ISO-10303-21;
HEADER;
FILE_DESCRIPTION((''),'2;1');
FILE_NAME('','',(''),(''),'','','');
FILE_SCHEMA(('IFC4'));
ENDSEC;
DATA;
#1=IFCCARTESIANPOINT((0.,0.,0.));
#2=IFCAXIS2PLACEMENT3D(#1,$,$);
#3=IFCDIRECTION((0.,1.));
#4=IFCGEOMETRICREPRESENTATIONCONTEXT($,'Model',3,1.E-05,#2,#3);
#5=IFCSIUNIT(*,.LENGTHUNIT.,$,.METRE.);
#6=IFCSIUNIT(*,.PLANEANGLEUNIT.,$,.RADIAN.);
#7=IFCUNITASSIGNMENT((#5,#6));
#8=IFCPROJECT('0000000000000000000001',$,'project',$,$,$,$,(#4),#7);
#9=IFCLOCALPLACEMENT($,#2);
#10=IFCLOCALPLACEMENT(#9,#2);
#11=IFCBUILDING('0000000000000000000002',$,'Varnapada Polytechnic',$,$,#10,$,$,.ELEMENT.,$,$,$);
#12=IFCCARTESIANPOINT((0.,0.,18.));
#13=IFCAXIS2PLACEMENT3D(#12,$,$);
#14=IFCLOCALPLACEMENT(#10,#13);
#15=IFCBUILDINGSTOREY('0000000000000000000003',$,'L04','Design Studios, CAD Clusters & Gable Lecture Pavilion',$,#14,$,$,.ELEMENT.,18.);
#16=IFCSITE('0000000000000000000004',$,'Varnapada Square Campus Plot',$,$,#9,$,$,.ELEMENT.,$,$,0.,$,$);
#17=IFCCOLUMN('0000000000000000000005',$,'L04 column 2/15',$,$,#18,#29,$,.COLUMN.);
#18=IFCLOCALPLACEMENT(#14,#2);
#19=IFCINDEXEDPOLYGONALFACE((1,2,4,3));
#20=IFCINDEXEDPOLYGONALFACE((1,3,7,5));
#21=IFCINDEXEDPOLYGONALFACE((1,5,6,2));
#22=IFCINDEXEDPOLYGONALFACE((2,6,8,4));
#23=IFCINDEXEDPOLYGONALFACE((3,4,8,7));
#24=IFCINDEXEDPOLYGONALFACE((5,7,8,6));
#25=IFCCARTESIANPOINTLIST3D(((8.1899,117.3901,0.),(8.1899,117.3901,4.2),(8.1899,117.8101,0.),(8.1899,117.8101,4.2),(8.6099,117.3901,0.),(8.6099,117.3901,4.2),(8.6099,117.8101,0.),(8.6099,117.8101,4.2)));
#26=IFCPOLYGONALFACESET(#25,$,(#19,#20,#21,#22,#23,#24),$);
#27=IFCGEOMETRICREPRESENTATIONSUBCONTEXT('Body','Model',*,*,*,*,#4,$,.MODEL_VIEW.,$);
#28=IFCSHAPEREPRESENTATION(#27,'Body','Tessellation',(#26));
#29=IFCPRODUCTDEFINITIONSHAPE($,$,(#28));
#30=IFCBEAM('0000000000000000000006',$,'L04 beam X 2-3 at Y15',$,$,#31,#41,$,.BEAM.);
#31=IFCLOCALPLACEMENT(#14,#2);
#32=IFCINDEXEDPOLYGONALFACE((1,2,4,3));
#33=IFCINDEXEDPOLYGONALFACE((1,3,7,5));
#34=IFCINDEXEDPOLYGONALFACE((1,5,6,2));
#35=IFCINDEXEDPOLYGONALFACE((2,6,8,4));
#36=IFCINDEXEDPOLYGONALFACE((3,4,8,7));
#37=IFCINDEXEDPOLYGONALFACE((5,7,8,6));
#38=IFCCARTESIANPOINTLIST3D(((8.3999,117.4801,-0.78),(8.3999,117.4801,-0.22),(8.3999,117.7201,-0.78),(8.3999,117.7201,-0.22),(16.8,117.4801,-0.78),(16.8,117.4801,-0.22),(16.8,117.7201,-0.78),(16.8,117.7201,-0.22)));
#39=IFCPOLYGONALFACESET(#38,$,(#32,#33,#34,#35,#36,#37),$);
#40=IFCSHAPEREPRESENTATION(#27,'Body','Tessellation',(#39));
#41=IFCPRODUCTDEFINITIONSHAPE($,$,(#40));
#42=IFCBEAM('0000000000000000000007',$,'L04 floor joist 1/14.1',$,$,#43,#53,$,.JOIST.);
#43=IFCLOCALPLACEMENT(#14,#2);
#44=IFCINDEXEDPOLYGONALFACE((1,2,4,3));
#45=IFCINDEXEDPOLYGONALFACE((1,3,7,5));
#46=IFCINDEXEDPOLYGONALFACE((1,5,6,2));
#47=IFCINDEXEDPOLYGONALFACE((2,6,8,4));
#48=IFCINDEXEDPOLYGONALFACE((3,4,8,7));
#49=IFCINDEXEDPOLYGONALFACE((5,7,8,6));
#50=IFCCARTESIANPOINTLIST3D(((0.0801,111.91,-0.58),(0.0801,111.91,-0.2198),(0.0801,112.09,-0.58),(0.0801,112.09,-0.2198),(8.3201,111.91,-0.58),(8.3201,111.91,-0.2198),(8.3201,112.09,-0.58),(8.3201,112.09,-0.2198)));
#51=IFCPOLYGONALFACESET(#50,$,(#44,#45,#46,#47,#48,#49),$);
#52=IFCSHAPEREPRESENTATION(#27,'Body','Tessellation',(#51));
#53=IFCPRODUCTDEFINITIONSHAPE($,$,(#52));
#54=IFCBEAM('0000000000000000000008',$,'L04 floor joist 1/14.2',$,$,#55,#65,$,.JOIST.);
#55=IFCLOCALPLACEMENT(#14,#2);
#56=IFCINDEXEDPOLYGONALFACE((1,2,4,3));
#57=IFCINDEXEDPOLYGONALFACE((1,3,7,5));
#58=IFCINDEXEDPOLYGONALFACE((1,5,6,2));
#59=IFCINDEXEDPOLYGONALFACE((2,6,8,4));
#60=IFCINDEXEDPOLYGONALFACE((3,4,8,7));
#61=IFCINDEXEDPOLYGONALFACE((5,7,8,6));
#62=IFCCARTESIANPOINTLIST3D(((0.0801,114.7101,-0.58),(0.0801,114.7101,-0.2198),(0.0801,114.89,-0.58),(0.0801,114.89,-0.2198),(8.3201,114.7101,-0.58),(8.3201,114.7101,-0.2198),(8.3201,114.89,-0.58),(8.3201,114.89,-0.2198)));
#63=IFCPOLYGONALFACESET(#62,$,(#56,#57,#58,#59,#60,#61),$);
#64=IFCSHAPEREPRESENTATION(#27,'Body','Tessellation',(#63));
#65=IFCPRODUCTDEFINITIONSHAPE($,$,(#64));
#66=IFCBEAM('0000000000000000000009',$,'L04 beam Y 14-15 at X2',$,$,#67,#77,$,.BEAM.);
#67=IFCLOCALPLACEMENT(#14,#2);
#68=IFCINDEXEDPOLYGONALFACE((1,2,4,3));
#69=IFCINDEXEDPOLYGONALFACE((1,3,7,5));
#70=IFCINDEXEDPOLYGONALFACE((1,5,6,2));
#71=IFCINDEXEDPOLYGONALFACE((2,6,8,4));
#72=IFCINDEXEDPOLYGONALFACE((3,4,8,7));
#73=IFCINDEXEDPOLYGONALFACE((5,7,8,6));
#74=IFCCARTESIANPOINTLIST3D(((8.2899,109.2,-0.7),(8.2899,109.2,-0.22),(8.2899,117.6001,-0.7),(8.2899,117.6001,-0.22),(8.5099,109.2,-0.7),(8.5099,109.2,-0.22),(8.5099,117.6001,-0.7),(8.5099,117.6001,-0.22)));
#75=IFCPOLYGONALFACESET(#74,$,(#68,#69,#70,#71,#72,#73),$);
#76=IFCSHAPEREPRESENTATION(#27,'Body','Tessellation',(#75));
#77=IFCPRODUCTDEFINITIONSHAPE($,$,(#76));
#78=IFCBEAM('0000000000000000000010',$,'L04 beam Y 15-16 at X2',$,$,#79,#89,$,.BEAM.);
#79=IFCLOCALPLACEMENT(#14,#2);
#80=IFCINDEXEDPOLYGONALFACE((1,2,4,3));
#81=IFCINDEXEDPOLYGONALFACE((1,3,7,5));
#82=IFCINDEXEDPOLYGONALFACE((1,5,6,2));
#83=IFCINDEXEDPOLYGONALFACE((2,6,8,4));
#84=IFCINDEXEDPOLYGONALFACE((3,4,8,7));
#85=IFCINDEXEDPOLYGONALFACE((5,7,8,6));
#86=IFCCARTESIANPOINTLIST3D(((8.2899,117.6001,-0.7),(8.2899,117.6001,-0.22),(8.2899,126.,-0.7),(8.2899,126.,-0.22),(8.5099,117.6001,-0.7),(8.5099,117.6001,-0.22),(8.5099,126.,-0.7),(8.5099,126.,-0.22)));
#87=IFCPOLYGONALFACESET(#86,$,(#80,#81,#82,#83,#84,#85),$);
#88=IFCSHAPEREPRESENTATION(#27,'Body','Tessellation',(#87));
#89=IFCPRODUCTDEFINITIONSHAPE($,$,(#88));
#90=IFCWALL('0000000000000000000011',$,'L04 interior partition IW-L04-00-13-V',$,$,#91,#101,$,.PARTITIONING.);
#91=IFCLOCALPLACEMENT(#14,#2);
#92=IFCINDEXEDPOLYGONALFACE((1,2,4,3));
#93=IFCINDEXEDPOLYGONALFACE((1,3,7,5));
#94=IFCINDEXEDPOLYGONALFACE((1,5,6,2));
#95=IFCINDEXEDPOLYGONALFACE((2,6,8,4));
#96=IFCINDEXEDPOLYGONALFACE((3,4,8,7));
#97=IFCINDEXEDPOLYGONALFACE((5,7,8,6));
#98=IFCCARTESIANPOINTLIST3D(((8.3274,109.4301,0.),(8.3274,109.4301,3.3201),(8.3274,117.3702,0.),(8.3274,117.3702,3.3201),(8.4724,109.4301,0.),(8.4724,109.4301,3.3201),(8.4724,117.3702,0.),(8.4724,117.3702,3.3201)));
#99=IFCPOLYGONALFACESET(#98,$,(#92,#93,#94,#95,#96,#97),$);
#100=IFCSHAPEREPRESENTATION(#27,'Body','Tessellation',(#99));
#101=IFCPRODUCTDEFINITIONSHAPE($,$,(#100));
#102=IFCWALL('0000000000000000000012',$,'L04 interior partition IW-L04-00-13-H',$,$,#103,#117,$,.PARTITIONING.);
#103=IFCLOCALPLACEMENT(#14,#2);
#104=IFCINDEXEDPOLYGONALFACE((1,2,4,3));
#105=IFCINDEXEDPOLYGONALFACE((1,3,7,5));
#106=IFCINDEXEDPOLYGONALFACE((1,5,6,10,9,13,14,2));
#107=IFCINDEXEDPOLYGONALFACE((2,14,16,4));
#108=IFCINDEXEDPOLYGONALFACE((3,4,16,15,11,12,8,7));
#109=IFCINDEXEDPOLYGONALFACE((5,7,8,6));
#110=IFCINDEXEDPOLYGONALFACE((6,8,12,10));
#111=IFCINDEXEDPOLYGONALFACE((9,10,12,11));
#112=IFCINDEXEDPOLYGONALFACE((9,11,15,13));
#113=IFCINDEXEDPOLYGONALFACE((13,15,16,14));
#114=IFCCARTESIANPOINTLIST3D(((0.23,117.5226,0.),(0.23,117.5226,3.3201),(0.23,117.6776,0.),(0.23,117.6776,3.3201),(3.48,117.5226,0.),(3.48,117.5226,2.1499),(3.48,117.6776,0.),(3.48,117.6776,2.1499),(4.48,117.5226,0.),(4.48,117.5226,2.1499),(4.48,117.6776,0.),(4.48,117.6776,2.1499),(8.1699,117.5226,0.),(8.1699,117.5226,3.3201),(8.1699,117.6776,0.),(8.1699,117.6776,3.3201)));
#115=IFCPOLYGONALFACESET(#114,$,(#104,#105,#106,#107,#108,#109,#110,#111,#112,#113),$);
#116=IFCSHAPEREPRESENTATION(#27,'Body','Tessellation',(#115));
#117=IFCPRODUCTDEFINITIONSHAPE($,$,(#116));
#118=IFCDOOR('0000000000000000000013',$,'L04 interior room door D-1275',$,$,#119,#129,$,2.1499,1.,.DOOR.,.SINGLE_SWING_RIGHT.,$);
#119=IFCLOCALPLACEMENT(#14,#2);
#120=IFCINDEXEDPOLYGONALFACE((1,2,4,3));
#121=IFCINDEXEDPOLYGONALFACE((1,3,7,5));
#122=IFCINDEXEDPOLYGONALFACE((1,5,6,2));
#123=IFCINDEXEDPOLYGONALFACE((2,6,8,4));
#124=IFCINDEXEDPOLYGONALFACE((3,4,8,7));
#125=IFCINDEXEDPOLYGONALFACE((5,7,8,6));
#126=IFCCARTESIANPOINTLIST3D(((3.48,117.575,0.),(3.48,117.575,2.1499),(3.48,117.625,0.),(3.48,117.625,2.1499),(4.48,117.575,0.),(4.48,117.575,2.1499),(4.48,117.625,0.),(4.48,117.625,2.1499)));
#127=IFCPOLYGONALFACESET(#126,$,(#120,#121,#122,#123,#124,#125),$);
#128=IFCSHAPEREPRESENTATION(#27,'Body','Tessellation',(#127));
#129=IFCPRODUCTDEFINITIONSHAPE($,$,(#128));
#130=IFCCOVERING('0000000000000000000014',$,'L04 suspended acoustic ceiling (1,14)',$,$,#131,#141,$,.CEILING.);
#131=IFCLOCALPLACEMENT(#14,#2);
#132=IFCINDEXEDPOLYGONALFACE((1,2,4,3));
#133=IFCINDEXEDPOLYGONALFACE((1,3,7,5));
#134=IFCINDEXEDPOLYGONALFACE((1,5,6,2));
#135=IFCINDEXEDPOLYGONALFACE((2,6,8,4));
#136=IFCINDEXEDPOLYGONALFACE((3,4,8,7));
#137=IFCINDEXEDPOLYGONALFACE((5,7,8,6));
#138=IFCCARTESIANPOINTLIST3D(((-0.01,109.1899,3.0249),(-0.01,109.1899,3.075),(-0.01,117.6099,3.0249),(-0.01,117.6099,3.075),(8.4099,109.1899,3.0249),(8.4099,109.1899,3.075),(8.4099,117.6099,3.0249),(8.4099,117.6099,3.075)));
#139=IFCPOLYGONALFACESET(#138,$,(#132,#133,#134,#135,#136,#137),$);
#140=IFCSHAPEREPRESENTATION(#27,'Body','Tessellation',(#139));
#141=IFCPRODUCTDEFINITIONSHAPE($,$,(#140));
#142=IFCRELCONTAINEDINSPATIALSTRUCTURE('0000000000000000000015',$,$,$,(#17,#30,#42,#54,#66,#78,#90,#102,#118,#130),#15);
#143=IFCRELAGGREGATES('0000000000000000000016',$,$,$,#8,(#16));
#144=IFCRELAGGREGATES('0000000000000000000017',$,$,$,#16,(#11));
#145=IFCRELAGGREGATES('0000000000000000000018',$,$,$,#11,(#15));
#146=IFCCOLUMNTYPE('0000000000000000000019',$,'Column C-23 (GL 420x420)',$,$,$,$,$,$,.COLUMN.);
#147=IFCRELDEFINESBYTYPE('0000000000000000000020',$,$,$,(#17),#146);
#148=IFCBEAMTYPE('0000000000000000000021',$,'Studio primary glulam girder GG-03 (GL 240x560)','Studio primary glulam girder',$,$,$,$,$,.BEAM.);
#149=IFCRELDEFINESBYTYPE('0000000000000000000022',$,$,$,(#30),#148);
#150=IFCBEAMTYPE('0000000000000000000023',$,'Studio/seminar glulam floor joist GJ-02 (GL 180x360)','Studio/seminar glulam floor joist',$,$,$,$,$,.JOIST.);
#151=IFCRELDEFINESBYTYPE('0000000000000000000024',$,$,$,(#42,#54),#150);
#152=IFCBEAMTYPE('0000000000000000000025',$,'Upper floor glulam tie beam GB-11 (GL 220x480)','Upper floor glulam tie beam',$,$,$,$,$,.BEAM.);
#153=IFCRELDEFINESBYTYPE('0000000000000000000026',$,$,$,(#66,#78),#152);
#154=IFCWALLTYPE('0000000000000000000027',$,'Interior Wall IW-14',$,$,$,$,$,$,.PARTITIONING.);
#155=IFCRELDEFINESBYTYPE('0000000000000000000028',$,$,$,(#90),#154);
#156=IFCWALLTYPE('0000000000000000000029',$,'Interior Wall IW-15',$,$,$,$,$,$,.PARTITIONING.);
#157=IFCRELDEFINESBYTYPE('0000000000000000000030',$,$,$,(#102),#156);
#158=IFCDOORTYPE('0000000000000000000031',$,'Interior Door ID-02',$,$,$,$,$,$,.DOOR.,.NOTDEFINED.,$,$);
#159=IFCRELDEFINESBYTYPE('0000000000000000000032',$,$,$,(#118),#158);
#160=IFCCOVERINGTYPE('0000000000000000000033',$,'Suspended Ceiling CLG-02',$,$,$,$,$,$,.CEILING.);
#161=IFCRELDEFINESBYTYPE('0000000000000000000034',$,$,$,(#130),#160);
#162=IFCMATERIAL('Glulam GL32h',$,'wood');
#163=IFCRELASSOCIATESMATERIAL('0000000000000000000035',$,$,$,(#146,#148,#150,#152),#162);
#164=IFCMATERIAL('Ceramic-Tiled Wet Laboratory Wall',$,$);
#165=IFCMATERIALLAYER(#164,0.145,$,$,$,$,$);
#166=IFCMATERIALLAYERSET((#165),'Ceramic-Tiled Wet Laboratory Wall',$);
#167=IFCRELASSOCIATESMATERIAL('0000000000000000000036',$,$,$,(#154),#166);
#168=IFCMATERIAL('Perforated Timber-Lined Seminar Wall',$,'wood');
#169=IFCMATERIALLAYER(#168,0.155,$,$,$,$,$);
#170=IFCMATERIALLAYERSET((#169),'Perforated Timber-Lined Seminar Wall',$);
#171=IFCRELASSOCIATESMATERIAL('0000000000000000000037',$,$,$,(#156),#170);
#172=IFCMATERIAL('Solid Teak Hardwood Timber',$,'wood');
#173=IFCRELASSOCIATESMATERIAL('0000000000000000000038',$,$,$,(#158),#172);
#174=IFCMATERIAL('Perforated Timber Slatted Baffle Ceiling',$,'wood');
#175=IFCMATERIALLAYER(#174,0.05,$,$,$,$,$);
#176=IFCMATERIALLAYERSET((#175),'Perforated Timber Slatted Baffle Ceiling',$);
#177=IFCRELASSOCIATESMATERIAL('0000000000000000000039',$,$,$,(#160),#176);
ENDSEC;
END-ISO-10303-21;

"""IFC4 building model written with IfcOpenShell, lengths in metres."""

from ifc_helpers import new_model, si_unit, direction, frame, frame_2d, origin, origin_2d, place, context, subcontext, project, spatial, rectangle, extrude, material, layer, layer_set, material_profile, profile_set, type_object, element, fill, save


model = new_model("IFC4")

# Units and contexts
model_context = context("Model", 3, precision=1e-05, world=origin(), true_north=direction((0.0, 1.0)))
body_context = subcontext(model_context, "Body", "Model", "MODEL_VIEW")
ifc_project = project(units=[si_unit("LENGTHUNIT", "METRE"), si_unit("PLANEANGLEUNIT", "RADIAN")], contexts=[model_context])

# Site, building, storey
site_placement = place(None, origin())
site = spatial("IfcSite", under=ifc_project, at=site_placement, Name="Varnapada Square Campus Plot", CompositionType="ELEMENT", RefElevation=0.0)
building_placement = place(site_placement, origin())
building = spatial("IfcBuilding", under=site, at=building_placement, Name="Varnapada Polytechnic", CompositionType="ELEMENT")
storey_placement = place(building_placement, frame((0.0, 0.0, 18.0)))
storey = spatial("IfcBuildingStorey", under=building, at=storey_placement, Name="L04", Description="Design Studios, CAD Clusters & Gable Lecture Pavilion", CompositionType="ELEMENT", Elevation=18.0)

# Column
ifc_material_1 = material(Name="Glulam GL32h", Category="wood")
ifc_material_profile_1 = material_profile(ifc_material_1, rectangle(XDim=0.4199, YDim=0.4199, at=origin_2d()), Name="GL 420x420")
ifc_profile_set_1 = profile_set([ifc_material_profile_1], Name="Glulam GL32h")
column_type = type_object("IfcColumnType", Name="Column C-23 (GL 420x420)", PredefinedType="COLUMN", material=ifc_profile_set_1)
column_placement = place(storey_placement, frame((8.3999, 117.6001, 0.0), z_axis=(0.0, 0.0, 1.0), x_axis=(1.0, 0.0, 0.0)))
element("IfcColumn", 1, at=column_placement, inside=storey, type_object=column_type, Name="L04 column 2/15", PredefinedType="COLUMN", context=body_context, shape_type="SweptSolid", body=[
    extrude(rectangle(XDim=0.4199, YDim=0.4199, at=origin_2d()), origin(), (0.0, 0.0, 1.0), 4.2),
])

# Beams
ifc_material_profile_2 = material_profile(ifc_material_1, rectangle(XDim=0.24, YDim=0.5601, at=origin_2d()), Name="GL 240x560")
ifc_profile_set_2 = profile_set([ifc_material_profile_2], Name="Glulam GL32h")
beam_type_1 = type_object("IfcBeamType", Name="Studio primary glulam girder GG-03 (GL 240x560)", Description="Studio primary glulam girder", PredefinedType="BEAM", material=ifc_profile_set_2)
beam_1_placement = place(storey_placement, frame((8.3999, 117.6001, -0.5), z_axis=(1.0, 0.0, 0.0), x_axis=(0.0, 1.0, 0.0)))
element("IfcBeam", 2, at=beam_1_placement, inside=storey, type_object=beam_type_1, Name="L04 beam X 2-3 at Y15", PredefinedType="BEAM", context=body_context, shape_type="SweptSolid", body=[
    extrude(rectangle(XDim=0.24, YDim=0.5601, at=origin_2d()), origin(), (0.0, 0.0, 1.0), 8.4001),
])
ifc_material_profile_3 = material_profile(ifc_material_1, rectangle(XDim=0.1799, YDim=0.3601, at=origin_2d()), Name="GL 180x360")
ifc_profile_set_3 = profile_set([ifc_material_profile_3], Name="Glulam GL32h")
beam_type_2 = type_object("IfcBeamType", Name="Studio/seminar glulam floor joist GJ-02 (GL 180x360)", Description="Studio/seminar glulam floor joist", PredefinedType="JOIST", material=ifc_profile_set_3)
for number, where, z_axis, x_axis, name in (
    (3, (0.0801, 112.0, -0.3999), (1.0, 0.0, 0.0), (0.0, 1.0, 0.0), "L04 floor joist 1/14.1"),
    (4, (0.0801, 114.8, -0.3999), (1.0, 0.0, 0.0), (0.0, 1.0, 0.0), "L04 floor joist 1/14.2"),
):
    element("IfcBeam", number, at=place(storey_placement, frame(where, z_axis=z_axis, x_axis=x_axis)), inside=storey, type_object=beam_type_2, Name=name, PredefinedType="JOIST", context=body_context, shape_type="SweptSolid", body=[
        extrude(rectangle(XDim=0.1799, YDim=0.3601, at=origin_2d()), origin(), (0.0, 0.0, 1.0), 8.24),
    ])
ifc_material_profile_4 = material_profile(ifc_material_1, rectangle(XDim=0.22, YDim=0.48, at=origin_2d()), Name="GL 220x480")
ifc_profile_set_4 = profile_set([ifc_material_profile_4], Name="Glulam GL32h")
beam_type_3 = type_object("IfcBeamType", Name="Upper floor glulam tie beam GB-11 (GL 220x480)", Description="Upper floor glulam tie beam", PredefinedType="BEAM", material=ifc_profile_set_4)
beam_2_placement = place(storey_placement, frame((8.3999, 109.2, -0.46), z_axis=(0.0, 1.0, 0.0), x_axis=(-1.0, 0.0, 0.0)))
element("IfcBeam", 5, at=beam_2_placement, inside=storey, type_object=beam_type_3, Name="L04 beam Y 14-15 at X2", PredefinedType="BEAM", context=body_context, shape_type="SweptSolid", body=[
    extrude(rectangle(XDim=0.22, YDim=0.48, at=origin_2d()), origin(), (0.0, 0.0, 1.0), 8.4001),
])
beam_3_placement = place(storey_placement, frame((8.3999, 117.6001, -0.46), z_axis=(0.0, 1.0, 0.0), x_axis=(-1.0, 0.0, 0.0)))
element("IfcBeam", 6, at=beam_3_placement, inside=storey, type_object=beam_type_3, Name="L04 beam Y 15-16 at X2", PredefinedType="BEAM", context=body_context, shape_type="SweptSolid", body=[
    extrude(rectangle(XDim=0.22, YDim=0.48, at=origin_2d()), origin(), (0.0, 0.0, 1.0), 8.3999),
])

# Wall
ifc_material_2 = material(Name="Ceramic-Tiled Wet Laboratory Wall")
ifc_layer_1 = layer(ifc_material_2, 0.145)
ifc_layer_set_1 = layer_set([ifc_layer_1], Name="Ceramic-Tiled Wet Laboratory Wall")
wall_type_1 = type_object("IfcWallType", Name="Interior Wall IW-14", PredefinedType="PARTITIONING", material=ifc_layer_set_1)
wall_1_placement = place(storey_placement, frame((8.3999, 109.4299, 0.0), z_axis=(0.0, 0.0, 1.0), x_axis=(0.0, 1.0, 0.0)))
element("IfcWall", 7, at=wall_1_placement, inside=storey, type_object=wall_type_1, Name="L04 interior partition IW-L04-00-13-V", PredefinedType="PARTITIONING", context=body_context, shape_type="SweptSolid", body=[
    extrude(rectangle(XDim=7.9402, YDim=0.145, at=frame_2d((3.9702, 0.0))), origin(), (0.0, 0.0, 1.0), 3.3201),
])

# Wall, opening, door
ifc_material_3 = material(Name="Perforated Timber-Lined Seminar Wall", Category="wood")
ifc_layer_2 = layer(ifc_material_3, 0.155)
ifc_layer_set_2 = layer_set([ifc_layer_2], Name="Perforated Timber-Lined Seminar Wall")
wall_type_2 = type_object("IfcWallType", Name="Interior Wall IW-15", PredefinedType="PARTITIONING", material=ifc_layer_set_2)
wall_2_placement = place(storey_placement, frame((0.23, 117.6001, 0.0), z_axis=(0.0, 0.0, 1.0), x_axis=(1.0, 0.0, 0.0)))
wall_2 = element("IfcWall", 8, at=wall_2_placement, inside=storey, type_object=wall_type_2, Name="L04 interior partition IW-L04-00-13-H", PredefinedType="PARTITIONING", context=body_context, shape_type="SweptSolid", body=[
    extrude(rectangle(XDim=7.9399, YDim=0.155, at=frame_2d((3.97, 0.0))), origin(), (0.0, 0.0, 1.0), 3.3201),
])
opening_placement = place(wall_2_placement, frame((3.25, 0.0, 0.0)))
opening = element("IfcOpeningElement", 9, at=opening_placement, cuts=wall_2, PredefinedType="OPENING", context=body_context, shape_type="SweptSolid", body=[
    extrude(rectangle(XDim=1.0, YDim=2.1499, at=frame_2d((0.5, 1.075))), frame((0.0, 0.0874, 0.0), z_axis=(0.0, -1.0, 0.0), x_axis=(1.0, 0.0, 0.0)), (0.0, 0.0, 1.0), 0.175),
])
ifc_material_4 = material(Name="Solid Teak Hardwood Timber", Category="wood")
door_type = type_object("IfcDoorType", Name="Interior Door ID-02", OperationType="NOTDEFINED", PredefinedType="DOOR", material=ifc_material_4)
door_placement = place(opening_placement, origin())
door = element("IfcDoor", 10, at=door_placement, inside=storey, type_object=door_type, Name="L04 interior room door D-1275", OperationType="SINGLE_SWING_RIGHT", OverallHeight=2.1499, OverallWidth=1.0, PredefinedType="DOOR", context=body_context, shape_type="SweptSolid", body=[
    extrude(rectangle(XDim=1.0, YDim=2.1499, at=frame_2d((0.5, 1.075))), frame((0.0, 0.0249, 0.0), z_axis=(0.0, -1.0, 0.0), x_axis=(1.0, 0.0, 0.0)), (0.0, 0.0, 1.0), 0.05),
])
fill(opening, door)

# Covering
ifc_material_5 = material(Name="Perforated Timber Slatted Baffle Ceiling", Category="wood")
ifc_layer_3 = layer(ifc_material_5, 0.05)
ifc_layer_set_3 = layer_set([ifc_layer_3], Name="Perforated Timber Slatted Baffle Ceiling")
covering_type = type_object("IfcCoveringType", Name="Suspended Ceiling CLG-02", PredefinedType="CEILING", material=ifc_layer_set_3)
covering_placement = place(storey_placement, frame((4.2, 113.3999, 3.0249), z_axis=(0.0, 0.0, 1.0), x_axis=(1.0, 0.0, 0.0)))
element("IfcCovering", 11, at=covering_placement, inside=storey, type_object=covering_type, Name="L04 suspended acoustic ceiling (1,14)", PredefinedType="CEILING", context=body_context, shape_type="SweptSolid", body=[
    extrude(rectangle(XDim=8.4199, YDim=8.4199, at=origin_2d()), origin(), (0.0, 0.0, 1.0), 0.05),
])

save(model, "model.ifc")
